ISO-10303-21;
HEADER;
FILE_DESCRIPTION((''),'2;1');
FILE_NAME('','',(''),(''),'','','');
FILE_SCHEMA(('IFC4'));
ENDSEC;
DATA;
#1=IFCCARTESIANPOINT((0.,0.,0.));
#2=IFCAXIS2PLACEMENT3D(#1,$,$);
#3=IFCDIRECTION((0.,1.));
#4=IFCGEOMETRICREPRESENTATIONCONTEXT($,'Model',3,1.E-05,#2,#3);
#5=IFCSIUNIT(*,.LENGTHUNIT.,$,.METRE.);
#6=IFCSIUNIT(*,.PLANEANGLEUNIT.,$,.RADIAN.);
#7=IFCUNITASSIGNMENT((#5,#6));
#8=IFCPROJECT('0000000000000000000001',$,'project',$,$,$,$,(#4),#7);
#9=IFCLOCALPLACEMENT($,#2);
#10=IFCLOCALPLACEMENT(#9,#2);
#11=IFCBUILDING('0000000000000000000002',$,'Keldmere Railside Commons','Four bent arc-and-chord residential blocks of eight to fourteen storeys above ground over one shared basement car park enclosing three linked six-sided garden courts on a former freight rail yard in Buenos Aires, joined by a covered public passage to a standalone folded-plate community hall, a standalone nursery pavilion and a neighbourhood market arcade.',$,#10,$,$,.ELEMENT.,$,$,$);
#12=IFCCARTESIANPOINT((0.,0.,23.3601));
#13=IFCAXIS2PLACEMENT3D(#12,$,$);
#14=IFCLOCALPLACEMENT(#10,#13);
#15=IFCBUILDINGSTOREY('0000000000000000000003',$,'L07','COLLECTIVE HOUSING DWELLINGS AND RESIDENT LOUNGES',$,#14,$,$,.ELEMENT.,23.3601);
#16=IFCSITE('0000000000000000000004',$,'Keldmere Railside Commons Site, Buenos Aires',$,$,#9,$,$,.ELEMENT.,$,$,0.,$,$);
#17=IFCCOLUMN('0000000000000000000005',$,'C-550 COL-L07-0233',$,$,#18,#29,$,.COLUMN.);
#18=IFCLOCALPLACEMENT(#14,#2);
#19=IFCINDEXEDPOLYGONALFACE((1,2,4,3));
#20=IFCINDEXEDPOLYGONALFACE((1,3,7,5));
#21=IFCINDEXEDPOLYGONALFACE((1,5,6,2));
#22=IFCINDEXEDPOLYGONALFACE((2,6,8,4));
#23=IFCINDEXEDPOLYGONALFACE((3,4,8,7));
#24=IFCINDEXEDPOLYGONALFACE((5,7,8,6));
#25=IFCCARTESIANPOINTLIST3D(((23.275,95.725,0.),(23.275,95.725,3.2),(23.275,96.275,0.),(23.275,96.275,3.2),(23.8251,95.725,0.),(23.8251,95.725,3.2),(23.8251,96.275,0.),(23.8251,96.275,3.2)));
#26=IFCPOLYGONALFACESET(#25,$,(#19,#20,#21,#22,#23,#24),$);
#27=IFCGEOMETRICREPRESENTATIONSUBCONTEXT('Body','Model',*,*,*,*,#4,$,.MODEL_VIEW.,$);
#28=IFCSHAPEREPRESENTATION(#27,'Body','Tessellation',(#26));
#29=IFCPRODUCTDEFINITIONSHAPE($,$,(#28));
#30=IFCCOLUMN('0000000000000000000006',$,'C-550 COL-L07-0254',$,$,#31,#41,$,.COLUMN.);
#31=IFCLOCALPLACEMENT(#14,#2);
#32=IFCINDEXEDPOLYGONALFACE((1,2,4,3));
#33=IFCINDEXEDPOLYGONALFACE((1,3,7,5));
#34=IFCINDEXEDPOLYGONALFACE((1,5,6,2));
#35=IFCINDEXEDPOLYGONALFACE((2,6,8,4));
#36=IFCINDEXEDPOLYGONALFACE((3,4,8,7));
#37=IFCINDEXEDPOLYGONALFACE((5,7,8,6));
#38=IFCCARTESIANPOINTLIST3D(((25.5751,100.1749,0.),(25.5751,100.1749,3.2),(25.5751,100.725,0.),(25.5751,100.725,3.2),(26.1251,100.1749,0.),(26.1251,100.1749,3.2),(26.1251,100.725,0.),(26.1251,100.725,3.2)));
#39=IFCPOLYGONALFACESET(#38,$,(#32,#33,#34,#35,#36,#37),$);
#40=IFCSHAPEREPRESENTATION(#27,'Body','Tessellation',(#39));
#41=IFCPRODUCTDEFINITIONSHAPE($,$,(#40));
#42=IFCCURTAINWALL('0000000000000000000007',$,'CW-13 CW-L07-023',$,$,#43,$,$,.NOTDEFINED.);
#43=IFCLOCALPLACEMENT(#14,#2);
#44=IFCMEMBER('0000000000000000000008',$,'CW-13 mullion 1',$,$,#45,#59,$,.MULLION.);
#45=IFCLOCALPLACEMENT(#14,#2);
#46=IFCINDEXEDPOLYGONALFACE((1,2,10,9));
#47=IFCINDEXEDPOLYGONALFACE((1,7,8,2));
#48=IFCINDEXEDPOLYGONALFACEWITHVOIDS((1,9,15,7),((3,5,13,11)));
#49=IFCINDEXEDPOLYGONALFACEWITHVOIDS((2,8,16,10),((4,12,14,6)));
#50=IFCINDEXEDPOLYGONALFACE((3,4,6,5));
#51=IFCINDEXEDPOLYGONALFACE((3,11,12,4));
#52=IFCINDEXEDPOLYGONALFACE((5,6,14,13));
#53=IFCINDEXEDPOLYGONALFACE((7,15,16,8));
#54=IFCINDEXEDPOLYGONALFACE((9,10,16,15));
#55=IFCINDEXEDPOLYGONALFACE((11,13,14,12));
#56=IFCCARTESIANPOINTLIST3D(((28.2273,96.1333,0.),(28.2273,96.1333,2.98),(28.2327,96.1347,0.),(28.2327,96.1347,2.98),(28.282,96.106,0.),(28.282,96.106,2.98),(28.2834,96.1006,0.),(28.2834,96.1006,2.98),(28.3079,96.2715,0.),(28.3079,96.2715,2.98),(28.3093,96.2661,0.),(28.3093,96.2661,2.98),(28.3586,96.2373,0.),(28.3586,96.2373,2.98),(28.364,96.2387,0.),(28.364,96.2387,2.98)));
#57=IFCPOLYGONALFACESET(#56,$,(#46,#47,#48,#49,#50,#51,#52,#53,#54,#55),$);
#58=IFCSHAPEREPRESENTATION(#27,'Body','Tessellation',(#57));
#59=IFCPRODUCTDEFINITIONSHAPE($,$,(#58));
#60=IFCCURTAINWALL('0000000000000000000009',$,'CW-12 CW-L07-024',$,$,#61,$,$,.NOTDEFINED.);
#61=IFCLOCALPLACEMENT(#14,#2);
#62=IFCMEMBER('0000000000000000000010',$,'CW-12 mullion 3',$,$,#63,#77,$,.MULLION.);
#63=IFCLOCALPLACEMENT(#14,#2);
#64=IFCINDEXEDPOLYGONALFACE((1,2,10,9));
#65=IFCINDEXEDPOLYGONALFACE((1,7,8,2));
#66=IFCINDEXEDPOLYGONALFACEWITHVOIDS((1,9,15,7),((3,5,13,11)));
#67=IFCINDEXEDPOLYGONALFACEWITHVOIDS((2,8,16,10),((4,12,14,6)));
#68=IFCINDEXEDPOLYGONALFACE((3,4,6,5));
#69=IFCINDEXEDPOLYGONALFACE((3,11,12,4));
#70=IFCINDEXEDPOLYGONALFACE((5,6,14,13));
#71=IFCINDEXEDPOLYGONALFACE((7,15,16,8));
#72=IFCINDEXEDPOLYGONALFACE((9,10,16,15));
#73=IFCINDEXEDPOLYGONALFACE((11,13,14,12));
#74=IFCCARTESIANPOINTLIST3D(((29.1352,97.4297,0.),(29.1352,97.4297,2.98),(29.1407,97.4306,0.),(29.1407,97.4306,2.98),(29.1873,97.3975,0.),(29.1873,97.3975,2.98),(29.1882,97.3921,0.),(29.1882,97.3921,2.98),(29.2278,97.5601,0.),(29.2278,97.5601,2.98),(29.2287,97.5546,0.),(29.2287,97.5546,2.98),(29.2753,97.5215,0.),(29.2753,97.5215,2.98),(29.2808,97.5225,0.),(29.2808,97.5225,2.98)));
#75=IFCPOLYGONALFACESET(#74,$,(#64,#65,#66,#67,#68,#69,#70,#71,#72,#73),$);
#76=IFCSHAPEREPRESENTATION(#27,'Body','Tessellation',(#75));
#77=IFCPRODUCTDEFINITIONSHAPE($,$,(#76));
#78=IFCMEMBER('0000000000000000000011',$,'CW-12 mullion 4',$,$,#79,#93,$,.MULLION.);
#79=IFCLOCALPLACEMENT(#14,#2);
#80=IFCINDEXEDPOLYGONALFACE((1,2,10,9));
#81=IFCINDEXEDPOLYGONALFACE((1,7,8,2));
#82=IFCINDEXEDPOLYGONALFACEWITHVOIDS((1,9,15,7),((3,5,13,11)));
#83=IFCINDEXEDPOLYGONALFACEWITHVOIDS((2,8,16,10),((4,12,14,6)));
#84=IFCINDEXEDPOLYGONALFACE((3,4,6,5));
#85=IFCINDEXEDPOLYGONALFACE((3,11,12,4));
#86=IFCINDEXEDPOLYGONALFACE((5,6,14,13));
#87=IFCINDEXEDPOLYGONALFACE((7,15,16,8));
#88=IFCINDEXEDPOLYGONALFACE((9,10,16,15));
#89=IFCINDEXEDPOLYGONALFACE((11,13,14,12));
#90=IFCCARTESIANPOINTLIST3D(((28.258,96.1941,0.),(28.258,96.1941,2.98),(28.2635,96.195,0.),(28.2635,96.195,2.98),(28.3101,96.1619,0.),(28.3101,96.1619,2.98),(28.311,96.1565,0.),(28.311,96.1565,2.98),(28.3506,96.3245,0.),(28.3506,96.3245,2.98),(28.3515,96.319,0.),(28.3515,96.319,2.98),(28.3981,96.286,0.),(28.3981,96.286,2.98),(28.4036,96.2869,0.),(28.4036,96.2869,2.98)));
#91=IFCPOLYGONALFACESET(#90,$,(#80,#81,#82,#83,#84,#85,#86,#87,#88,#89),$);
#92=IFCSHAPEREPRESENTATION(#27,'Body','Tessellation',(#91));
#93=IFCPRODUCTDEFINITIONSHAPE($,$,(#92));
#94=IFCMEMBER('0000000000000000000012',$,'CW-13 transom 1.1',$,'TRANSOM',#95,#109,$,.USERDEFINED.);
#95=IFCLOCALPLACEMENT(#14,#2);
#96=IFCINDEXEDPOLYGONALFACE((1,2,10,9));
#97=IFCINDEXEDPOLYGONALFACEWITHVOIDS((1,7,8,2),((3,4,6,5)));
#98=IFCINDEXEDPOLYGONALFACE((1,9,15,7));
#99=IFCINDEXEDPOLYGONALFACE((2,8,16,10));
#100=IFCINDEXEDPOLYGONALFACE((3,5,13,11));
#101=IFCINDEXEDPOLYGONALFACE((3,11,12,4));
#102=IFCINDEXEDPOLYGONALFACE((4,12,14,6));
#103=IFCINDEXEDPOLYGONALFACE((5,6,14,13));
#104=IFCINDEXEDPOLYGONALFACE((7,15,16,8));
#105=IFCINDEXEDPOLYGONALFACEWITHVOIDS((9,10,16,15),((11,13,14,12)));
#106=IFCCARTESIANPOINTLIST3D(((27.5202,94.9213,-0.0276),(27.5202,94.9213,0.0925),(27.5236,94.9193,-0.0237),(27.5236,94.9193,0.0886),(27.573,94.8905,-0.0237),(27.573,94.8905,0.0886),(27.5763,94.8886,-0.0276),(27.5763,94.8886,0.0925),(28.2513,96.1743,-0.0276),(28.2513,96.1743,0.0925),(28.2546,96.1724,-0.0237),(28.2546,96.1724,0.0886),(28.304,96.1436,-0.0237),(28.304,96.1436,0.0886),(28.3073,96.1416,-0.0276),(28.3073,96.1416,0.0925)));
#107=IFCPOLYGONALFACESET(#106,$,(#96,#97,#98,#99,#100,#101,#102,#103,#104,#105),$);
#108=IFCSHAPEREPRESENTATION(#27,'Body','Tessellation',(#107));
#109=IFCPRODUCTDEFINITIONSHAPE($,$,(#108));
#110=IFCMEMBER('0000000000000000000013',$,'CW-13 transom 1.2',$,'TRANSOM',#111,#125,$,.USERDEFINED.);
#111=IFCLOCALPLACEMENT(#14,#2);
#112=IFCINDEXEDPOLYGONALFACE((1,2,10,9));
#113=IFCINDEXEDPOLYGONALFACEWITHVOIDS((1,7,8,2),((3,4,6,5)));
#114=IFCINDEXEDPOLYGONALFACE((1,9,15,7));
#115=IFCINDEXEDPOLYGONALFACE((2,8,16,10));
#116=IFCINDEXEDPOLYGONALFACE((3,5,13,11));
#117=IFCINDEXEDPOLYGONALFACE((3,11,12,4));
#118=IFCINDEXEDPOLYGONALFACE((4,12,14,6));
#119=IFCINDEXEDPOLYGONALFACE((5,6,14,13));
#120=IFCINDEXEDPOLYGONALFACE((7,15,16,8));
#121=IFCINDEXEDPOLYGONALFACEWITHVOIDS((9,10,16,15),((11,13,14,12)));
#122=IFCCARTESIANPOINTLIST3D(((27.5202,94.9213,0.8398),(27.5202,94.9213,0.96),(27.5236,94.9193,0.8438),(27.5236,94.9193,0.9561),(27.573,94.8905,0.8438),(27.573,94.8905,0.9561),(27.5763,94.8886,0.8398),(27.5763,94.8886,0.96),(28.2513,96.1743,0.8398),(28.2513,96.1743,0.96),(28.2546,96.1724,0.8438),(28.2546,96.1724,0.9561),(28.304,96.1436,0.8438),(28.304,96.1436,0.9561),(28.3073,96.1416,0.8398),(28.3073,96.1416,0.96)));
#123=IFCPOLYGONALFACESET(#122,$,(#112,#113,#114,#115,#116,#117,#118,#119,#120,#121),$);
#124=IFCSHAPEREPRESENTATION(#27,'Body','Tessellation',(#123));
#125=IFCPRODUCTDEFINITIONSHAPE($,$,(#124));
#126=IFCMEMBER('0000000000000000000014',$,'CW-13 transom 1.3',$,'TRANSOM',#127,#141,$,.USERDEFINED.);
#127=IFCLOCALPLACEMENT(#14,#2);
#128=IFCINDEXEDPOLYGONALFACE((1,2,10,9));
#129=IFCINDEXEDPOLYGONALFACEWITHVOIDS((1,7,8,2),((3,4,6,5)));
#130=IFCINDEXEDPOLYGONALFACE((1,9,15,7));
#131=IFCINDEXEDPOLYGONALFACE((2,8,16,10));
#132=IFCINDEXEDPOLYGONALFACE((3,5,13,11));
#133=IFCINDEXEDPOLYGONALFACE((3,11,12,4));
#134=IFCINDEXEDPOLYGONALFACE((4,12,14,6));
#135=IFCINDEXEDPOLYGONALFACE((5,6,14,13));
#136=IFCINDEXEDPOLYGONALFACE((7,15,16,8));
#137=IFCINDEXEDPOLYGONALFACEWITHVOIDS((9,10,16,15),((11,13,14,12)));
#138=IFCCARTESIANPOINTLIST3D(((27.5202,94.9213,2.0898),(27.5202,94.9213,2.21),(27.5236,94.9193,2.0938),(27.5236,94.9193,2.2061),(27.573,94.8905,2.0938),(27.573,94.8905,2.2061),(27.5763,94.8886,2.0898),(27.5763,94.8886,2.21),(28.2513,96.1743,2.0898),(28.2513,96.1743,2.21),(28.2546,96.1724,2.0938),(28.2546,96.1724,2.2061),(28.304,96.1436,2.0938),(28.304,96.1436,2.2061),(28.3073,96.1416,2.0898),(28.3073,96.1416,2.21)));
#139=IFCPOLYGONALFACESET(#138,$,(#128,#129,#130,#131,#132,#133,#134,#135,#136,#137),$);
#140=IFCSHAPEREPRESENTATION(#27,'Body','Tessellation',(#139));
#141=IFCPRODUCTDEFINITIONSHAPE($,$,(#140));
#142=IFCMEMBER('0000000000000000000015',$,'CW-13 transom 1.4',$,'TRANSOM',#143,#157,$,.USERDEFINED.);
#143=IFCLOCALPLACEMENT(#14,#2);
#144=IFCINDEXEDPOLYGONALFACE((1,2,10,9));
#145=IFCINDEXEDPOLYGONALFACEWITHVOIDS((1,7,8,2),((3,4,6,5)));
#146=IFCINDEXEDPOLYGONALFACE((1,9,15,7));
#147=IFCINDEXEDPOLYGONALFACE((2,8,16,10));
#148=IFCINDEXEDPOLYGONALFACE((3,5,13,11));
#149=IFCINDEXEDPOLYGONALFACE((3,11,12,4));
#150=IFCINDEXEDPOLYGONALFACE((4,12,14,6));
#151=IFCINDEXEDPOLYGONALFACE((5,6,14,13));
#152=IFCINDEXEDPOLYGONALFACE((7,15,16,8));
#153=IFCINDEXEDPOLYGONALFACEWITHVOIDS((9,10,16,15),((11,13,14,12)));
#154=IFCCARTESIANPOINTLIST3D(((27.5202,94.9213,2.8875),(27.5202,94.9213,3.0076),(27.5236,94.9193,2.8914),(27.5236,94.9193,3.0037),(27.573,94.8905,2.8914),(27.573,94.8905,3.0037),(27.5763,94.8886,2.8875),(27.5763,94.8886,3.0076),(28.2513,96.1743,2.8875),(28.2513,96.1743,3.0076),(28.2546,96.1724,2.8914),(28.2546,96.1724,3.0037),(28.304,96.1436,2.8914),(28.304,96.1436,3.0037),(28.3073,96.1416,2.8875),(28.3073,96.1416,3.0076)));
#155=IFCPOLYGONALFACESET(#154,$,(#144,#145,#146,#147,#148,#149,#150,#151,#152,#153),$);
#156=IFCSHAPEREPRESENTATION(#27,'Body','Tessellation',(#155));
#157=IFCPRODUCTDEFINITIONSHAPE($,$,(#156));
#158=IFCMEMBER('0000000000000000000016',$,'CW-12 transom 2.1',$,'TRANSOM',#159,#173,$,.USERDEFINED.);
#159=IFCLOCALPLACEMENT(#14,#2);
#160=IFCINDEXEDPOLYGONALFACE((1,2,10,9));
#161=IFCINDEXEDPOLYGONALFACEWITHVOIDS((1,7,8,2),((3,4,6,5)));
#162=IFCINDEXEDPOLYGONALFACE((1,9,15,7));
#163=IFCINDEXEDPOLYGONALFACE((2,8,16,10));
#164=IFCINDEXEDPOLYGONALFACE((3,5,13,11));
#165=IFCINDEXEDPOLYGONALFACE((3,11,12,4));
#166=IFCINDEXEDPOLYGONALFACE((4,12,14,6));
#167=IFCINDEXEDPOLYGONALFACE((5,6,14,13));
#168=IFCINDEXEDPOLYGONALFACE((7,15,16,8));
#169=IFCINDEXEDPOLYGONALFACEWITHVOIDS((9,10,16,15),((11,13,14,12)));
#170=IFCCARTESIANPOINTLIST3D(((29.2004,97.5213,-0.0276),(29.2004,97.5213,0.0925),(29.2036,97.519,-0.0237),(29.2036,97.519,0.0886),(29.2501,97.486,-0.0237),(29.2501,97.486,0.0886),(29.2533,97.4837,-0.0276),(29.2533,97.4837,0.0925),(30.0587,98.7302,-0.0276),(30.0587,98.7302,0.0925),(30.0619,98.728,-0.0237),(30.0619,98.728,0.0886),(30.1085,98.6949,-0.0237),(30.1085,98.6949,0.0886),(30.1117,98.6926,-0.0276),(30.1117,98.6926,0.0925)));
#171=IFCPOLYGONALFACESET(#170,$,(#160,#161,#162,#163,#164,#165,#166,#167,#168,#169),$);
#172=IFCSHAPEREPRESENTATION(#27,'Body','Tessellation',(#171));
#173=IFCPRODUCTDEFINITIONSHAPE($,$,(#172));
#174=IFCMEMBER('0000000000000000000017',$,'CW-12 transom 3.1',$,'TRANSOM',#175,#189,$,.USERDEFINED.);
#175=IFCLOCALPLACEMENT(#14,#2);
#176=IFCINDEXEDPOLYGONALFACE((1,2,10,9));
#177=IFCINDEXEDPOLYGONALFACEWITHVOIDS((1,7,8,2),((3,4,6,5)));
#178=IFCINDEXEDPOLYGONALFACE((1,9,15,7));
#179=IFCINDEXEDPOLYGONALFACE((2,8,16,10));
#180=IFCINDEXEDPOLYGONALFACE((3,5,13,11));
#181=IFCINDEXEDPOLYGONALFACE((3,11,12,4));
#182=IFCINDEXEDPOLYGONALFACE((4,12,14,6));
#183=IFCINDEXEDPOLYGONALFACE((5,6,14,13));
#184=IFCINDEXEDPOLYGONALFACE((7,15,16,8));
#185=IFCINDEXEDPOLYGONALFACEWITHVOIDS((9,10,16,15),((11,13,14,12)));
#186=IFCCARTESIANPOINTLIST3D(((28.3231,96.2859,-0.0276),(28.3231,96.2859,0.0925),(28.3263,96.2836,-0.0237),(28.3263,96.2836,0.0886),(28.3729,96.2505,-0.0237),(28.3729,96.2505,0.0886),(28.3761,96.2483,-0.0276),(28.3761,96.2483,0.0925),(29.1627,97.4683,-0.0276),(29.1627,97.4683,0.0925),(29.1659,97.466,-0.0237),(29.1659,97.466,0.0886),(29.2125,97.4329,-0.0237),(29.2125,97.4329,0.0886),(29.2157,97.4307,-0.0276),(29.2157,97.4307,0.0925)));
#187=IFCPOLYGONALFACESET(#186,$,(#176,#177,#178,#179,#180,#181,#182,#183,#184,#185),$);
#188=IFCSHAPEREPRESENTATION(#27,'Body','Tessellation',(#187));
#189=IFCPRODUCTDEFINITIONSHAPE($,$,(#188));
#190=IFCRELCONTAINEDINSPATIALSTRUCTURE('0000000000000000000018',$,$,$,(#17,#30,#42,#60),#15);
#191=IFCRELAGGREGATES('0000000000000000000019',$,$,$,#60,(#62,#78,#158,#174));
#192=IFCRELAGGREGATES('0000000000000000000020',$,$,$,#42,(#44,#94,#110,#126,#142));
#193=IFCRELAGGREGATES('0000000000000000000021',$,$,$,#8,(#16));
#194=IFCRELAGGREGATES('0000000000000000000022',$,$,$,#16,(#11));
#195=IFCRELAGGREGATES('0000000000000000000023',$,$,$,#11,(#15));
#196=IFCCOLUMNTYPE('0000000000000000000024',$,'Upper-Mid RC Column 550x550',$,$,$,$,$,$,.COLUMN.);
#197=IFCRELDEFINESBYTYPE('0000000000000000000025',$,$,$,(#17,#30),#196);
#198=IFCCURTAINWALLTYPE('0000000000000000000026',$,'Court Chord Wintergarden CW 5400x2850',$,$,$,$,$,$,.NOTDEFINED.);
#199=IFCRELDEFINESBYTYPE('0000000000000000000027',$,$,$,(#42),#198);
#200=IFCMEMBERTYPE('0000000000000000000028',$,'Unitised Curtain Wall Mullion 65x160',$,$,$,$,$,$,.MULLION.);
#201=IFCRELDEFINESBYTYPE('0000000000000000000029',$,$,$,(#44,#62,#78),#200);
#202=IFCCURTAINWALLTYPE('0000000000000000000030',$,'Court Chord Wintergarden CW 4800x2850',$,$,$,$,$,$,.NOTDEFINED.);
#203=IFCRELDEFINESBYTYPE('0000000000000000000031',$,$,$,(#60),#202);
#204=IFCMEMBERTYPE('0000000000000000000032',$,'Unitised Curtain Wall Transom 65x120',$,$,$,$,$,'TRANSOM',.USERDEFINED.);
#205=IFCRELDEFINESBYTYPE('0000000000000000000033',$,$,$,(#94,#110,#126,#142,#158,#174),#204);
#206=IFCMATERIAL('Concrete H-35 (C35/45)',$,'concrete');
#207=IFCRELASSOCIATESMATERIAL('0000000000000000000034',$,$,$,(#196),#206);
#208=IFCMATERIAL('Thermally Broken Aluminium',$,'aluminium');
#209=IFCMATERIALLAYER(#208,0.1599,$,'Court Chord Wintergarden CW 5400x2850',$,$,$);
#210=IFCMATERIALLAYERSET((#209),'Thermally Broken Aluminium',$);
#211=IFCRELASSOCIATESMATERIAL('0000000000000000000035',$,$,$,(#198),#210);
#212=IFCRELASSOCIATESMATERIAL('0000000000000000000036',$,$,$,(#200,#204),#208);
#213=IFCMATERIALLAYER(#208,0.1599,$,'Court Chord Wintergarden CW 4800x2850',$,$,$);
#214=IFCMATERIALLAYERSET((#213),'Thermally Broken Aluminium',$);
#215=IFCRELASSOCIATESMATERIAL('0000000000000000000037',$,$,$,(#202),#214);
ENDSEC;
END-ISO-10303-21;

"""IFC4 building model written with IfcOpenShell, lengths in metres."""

from ifc_helpers import new_model, si_unit, direction, frame, origin, origin_2d, place, context, subcontext, project, spatial, rectangle, hollow_rectangle, extrude, material, layer, layer_set, material_profile, profile_set, type_object, element, aggregate, save


model = new_model("IFC4")

# Units and contexts
model_context = context("Model", 3, precision=1e-05, world=origin(), true_north=direction((0.0, 1.0)))
body_context = subcontext(model_context, "Body", "Model", "MODEL_VIEW")
ifc_project = project(units=[si_unit("LENGTHUNIT", "METRE"), si_unit("PLANEANGLEUNIT", "RADIAN")], contexts=[model_context])

# Site, building, storey
site_placement = place(None, origin())
site = spatial("IfcSite", under=ifc_project, at=site_placement, Name="Keldmere Railside Commons Site, Buenos Aires", CompositionType="ELEMENT", RefElevation=0.0)
building_placement = place(site_placement, origin())
building = spatial("IfcBuilding", under=site, at=building_placement, Name="Keldmere Railside Commons", Description="Four bent arc-and-chord residential blocks of eight to fourteen storeys above ground over one shared basement car park enclosing three linked six-sided garden courts on a former freight rail yard in Buenos Aires, joined by a covered public passage to a standalone folded-plate community hall, a standalone nursery pavilion and a neighbourhood market arcade.", CompositionType="ELEMENT")
storey_placement = place(building_placement, frame((0.0, 0.0, 23.3601)))
storey = spatial("IfcBuildingStorey", under=building, at=storey_placement, Name="L07", Description="COLLECTIVE HOUSING DWELLINGS AND RESIDENT LOUNGES", CompositionType="ELEMENT", Elevation=23.3601)

# Columns
ifc_material_1 = material(Name="Concrete H-35 (C35/45)", Category="concrete")
ifc_material_profile_1 = material_profile(ifc_material_1, rectangle(XDim=0.55, YDim=0.55, at=origin_2d()), Name="RC-550x550")
ifc_profile_set_1 = profile_set([ifc_material_profile_1], Name="Concrete H-35 (C35/45)")
column_type = type_object("IfcColumnType", Name="Upper-Mid RC Column 550x550", PredefinedType="COLUMN", material=ifc_profile_set_1)
for number, where, z_axis, x_axis, name in (
    (1, (23.55, 96.0, 0.0), (0.0, 0.0, 1.0), (1.0, 0.0, 0.0), "C-550 COL-L07-0233"),
    (2, (25.8501, 100.45, 0.0), (0.0, 0.0, 1.0), (1.0, 0.0, 0.0), "C-550 COL-L07-0254"),
):
    element("IfcColumn", number, at=place(storey_placement, frame(where, z_axis=z_axis, x_axis=x_axis)), inside=storey, type_object=column_type, Name=name, PredefinedType="COLUMN", context=body_context, shape_type="SweptSolid", body=[
        extrude(rectangle(XDim=0.55, YDim=0.55, at=origin_2d()), origin(), (0.0, 0.0, 1.0), 3.2),
    ])

# Curtain wall, member
ifc_material_2 = material(Name="Thermally Broken Aluminium", Category="aluminium")
ifc_layer_1 = layer(ifc_material_2, 0.1599, Name="Court Chord Wintergarden CW 5400x2850")
ifc_layer_set_1 = layer_set([ifc_layer_1], Name="Thermally Broken Aluminium")
curtain_wall_type_1 = type_object("IfcCurtainWallType", Name="Court Chord Wintergarden CW 5400x2850", PredefinedType="NOTDEFINED", material=ifc_layer_set_1)
curtain_wall_1_placement = place(storey_placement, origin())
curtain_wall_1 = element("IfcCurtainWall", 3, at=curtain_wall_1_placement, inside=storey, type_object=curtain_wall_type_1, Name="CW-13 CW-L07-023", PredefinedType="NOTDEFINED")
ifc_material_profile_2 = material_profile(ifc_material_2, hollow_rectangle(XDim=0.0649, YDim=0.1599, WallThickness=0.0039, at=origin_2d()), Name="ALU-MULL-65x160")
ifc_profile_set_2 = profile_set([ifc_material_profile_2], Name="Thermally Broken Aluminium")
member_type_1 = type_object("IfcMemberType", Name="Unitised Curtain Wall Mullion 65x160", PredefinedType="MULLION", material=ifc_profile_set_2)
member_1_placement = place(storey_placement, frame((28.2957, 96.186, 0.0), z_axis=(0.0, 0.0, 1.0), x_axis=(0.863755, -0.503911, 0.0)))
member_1 = element("IfcMember", 4, at=member_1_placement, type_object=member_type_1, Name="CW-13 mullion 1", PredefinedType="MULLION", context=body_context, shape_type="SweptSolid", body=[
    extrude(hollow_rectangle(XDim=0.0649, YDim=0.1599, WallThickness=0.0039, at=origin_2d()), origin(), (0.0, 0.0, 1.0), 2.98),
])

# Curtain wall, members
ifc_layer_2 = layer(ifc_material_2, 0.1599, Name="Court Chord Wintergarden CW 4800x2850")
ifc_layer_set_2 = layer_set([ifc_layer_2], Name="Thermally Broken Aluminium")
curtain_wall_type_2 = type_object("IfcCurtainWallType", Name="Court Chord Wintergarden CW 4800x2850", PredefinedType="NOTDEFINED", material=ifc_layer_set_2)
curtain_wall_2_placement = place(storey_placement, origin())
curtain_wall_2 = element("IfcCurtainWall", 5, at=curtain_wall_2_placement, inside=storey, type_object=curtain_wall_type_2, Name="CW-12 CW-L07-024", PredefinedType="NOTDEFINED")
member_2_placement = place(storey_placement, frame((29.208, 97.4761, 0.0), z_axis=(0.0, 0.0, 1.0), x_axis=(0.815389, -0.578913, 0.0)))
member_2 = element("IfcMember", 6, at=member_2_placement, type_object=member_type_1, Name="CW-12 mullion 3", PredefinedType="MULLION", context=body_context, shape_type="SweptSolid", body=[
    extrude(hollow_rectangle(XDim=0.0649, YDim=0.1599, WallThickness=0.0039, at=origin_2d()), origin(), (0.0, 0.0, 1.0), 2.98),
])
member_3_placement = place(storey_placement, frame((28.3308, 96.2405, 0.0), z_axis=(0.0, 0.0, 1.0), x_axis=(0.815389, -0.578913, 0.0)))
member_3 = element("IfcMember", 7, at=member_3_placement, type_object=member_type_1, Name="CW-12 mullion 4", PredefinedType="MULLION", context=body_context, shape_type="SweptSolid", body=[
    extrude(hollow_rectangle(XDim=0.0649, YDim=0.1599, WallThickness=0.0039, at=origin_2d()), origin(), (0.0, 0.0, 1.0), 2.98),
])

# Members
ifc_material_profile_3 = material_profile(ifc_material_2, hollow_rectangle(XDim=0.0649, YDim=0.1201, WallThickness=0.0039, at=origin_2d()), Name="ALU-TRAN-65x120")
ifc_profile_set_3 = profile_set([ifc_material_profile_3], Name="Thermally Broken Aluminium")
member_type_2 = type_object("IfcMemberType", Name="Unitised Curtain Wall Transom 65x120", ElementType="TRANSOM", PredefinedType="USERDEFINED", material=ifc_profile_set_3)
member_4_placement = place(storey_placement, frame((28.2793, 96.158, 0.0325), z_axis=(-0.503913, -0.863754, 0.0), x_axis=(0.863754, -0.503913, 0.0)))
member_4 = element("IfcMember", 8, at=member_4_placement, type_object=member_type_2, Name="CW-13 transom 1.1", ObjectType="TRANSOM", PredefinedType="USERDEFINED", context=body_context, shape_type="SweptSolid", body=[
    extrude(hollow_rectangle(XDim=0.0649, YDim=0.1201, WallThickness=0.0039, at=origin_2d()), origin(), (0.0, 0.0, 1.0), 1.4507),
])
member_5_placement = place(storey_placement, frame((28.2793, 96.158, 0.8999), z_axis=(-0.503913, -0.863754, 0.0), x_axis=(0.863754, -0.503913, 0.0)))
member_5 = element("IfcMember", 9, at=member_5_placement, type_object=member_type_2, Name="CW-13 transom 1.2", ObjectType="TRANSOM", PredefinedType="USERDEFINED", context=body_context, shape_type="SweptSolid", body=[
    extrude(hollow_rectangle(XDim=0.0649, YDim=0.1201, WallThickness=0.0039, at=origin_2d()), origin(), (0.0, 0.0, 1.0), 1.4507),
])
member_6_placement = place(storey_placement, frame((28.2793, 96.158, 2.1499), z_axis=(-0.503913, -0.863754, 0.0), x_axis=(0.863754, -0.503913, 0.0)))
member_6 = element("IfcMember", 10, at=member_6_placement, type_object=member_type_2, Name="CW-13 transom 1.3", ObjectType="TRANSOM", PredefinedType="USERDEFINED", context=body_context, shape_type="SweptSolid", body=[
    extrude(hollow_rectangle(XDim=0.0649, YDim=0.1201, WallThickness=0.0039, at=origin_2d()), origin(), (0.0, 0.0, 1.0), 1.4507),
])
member_7_placement = place(storey_placement, frame((28.2793, 96.158, 2.9475), z_axis=(-0.503913, -0.863754, 0.0), x_axis=(0.863754, -0.503913, 0.0)))
member_7 = element("IfcMember", 11, at=member_7_placement, type_object=member_type_2, Name="CW-13 transom 1.4", ObjectType="TRANSOM", PredefinedType="USERDEFINED", context=body_context, shape_type="SweptSolid", body=[
    extrude(hollow_rectangle(XDim=0.0649, YDim=0.1201, WallThickness=0.0039, at=origin_2d()), origin(), (0.0, 0.0, 1.0), 1.4507),
])
member_8_placement = place(storey_placement, frame((30.0852, 98.7114, 0.0325), z_axis=(-0.578931, -0.815377, 0.0), x_axis=(0.815377, -0.578931, 0.0)))
member_8 = element("IfcMember", 12, at=member_8_placement, type_object=member_type_2, Name="CW-12 transom 2.1", ObjectType="TRANSOM", PredefinedType="USERDEFINED", context=body_context, shape_type="SweptSolid", body=[
    extrude(hollow_rectangle(XDim=0.0649, YDim=0.1201, WallThickness=0.0039, at=origin_2d()), origin(), (0.0, 0.0, 1.0), 1.4827),
])
member_9_placement = place(storey_placement, frame((29.1892, 97.4495, 0.0325), z_axis=(-0.578975, -0.815346, 0.0), x_axis=(0.815346, -0.578975, 0.0)))
member_9 = element("IfcMember", 13, at=member_9_placement, type_object=member_type_2, Name="CW-12 transom 3.1", ObjectType="TRANSOM", PredefinedType="USERDEFINED", context=body_context, shape_type="SweptSolid", body=[
    extrude(hollow_rectangle(XDim=0.0649, YDim=0.1201, WallThickness=0.0039, at=origin_2d()), origin(), (0.0, 0.0, 1.0), 1.4502),
])

aggregate(curtain_wall_2, [member_2, member_3, member_8, member_9])
aggregate(curtain_wall_1, [member_1, member_4, member_5, member_6, member_7])

save(model, "model.ifc")
